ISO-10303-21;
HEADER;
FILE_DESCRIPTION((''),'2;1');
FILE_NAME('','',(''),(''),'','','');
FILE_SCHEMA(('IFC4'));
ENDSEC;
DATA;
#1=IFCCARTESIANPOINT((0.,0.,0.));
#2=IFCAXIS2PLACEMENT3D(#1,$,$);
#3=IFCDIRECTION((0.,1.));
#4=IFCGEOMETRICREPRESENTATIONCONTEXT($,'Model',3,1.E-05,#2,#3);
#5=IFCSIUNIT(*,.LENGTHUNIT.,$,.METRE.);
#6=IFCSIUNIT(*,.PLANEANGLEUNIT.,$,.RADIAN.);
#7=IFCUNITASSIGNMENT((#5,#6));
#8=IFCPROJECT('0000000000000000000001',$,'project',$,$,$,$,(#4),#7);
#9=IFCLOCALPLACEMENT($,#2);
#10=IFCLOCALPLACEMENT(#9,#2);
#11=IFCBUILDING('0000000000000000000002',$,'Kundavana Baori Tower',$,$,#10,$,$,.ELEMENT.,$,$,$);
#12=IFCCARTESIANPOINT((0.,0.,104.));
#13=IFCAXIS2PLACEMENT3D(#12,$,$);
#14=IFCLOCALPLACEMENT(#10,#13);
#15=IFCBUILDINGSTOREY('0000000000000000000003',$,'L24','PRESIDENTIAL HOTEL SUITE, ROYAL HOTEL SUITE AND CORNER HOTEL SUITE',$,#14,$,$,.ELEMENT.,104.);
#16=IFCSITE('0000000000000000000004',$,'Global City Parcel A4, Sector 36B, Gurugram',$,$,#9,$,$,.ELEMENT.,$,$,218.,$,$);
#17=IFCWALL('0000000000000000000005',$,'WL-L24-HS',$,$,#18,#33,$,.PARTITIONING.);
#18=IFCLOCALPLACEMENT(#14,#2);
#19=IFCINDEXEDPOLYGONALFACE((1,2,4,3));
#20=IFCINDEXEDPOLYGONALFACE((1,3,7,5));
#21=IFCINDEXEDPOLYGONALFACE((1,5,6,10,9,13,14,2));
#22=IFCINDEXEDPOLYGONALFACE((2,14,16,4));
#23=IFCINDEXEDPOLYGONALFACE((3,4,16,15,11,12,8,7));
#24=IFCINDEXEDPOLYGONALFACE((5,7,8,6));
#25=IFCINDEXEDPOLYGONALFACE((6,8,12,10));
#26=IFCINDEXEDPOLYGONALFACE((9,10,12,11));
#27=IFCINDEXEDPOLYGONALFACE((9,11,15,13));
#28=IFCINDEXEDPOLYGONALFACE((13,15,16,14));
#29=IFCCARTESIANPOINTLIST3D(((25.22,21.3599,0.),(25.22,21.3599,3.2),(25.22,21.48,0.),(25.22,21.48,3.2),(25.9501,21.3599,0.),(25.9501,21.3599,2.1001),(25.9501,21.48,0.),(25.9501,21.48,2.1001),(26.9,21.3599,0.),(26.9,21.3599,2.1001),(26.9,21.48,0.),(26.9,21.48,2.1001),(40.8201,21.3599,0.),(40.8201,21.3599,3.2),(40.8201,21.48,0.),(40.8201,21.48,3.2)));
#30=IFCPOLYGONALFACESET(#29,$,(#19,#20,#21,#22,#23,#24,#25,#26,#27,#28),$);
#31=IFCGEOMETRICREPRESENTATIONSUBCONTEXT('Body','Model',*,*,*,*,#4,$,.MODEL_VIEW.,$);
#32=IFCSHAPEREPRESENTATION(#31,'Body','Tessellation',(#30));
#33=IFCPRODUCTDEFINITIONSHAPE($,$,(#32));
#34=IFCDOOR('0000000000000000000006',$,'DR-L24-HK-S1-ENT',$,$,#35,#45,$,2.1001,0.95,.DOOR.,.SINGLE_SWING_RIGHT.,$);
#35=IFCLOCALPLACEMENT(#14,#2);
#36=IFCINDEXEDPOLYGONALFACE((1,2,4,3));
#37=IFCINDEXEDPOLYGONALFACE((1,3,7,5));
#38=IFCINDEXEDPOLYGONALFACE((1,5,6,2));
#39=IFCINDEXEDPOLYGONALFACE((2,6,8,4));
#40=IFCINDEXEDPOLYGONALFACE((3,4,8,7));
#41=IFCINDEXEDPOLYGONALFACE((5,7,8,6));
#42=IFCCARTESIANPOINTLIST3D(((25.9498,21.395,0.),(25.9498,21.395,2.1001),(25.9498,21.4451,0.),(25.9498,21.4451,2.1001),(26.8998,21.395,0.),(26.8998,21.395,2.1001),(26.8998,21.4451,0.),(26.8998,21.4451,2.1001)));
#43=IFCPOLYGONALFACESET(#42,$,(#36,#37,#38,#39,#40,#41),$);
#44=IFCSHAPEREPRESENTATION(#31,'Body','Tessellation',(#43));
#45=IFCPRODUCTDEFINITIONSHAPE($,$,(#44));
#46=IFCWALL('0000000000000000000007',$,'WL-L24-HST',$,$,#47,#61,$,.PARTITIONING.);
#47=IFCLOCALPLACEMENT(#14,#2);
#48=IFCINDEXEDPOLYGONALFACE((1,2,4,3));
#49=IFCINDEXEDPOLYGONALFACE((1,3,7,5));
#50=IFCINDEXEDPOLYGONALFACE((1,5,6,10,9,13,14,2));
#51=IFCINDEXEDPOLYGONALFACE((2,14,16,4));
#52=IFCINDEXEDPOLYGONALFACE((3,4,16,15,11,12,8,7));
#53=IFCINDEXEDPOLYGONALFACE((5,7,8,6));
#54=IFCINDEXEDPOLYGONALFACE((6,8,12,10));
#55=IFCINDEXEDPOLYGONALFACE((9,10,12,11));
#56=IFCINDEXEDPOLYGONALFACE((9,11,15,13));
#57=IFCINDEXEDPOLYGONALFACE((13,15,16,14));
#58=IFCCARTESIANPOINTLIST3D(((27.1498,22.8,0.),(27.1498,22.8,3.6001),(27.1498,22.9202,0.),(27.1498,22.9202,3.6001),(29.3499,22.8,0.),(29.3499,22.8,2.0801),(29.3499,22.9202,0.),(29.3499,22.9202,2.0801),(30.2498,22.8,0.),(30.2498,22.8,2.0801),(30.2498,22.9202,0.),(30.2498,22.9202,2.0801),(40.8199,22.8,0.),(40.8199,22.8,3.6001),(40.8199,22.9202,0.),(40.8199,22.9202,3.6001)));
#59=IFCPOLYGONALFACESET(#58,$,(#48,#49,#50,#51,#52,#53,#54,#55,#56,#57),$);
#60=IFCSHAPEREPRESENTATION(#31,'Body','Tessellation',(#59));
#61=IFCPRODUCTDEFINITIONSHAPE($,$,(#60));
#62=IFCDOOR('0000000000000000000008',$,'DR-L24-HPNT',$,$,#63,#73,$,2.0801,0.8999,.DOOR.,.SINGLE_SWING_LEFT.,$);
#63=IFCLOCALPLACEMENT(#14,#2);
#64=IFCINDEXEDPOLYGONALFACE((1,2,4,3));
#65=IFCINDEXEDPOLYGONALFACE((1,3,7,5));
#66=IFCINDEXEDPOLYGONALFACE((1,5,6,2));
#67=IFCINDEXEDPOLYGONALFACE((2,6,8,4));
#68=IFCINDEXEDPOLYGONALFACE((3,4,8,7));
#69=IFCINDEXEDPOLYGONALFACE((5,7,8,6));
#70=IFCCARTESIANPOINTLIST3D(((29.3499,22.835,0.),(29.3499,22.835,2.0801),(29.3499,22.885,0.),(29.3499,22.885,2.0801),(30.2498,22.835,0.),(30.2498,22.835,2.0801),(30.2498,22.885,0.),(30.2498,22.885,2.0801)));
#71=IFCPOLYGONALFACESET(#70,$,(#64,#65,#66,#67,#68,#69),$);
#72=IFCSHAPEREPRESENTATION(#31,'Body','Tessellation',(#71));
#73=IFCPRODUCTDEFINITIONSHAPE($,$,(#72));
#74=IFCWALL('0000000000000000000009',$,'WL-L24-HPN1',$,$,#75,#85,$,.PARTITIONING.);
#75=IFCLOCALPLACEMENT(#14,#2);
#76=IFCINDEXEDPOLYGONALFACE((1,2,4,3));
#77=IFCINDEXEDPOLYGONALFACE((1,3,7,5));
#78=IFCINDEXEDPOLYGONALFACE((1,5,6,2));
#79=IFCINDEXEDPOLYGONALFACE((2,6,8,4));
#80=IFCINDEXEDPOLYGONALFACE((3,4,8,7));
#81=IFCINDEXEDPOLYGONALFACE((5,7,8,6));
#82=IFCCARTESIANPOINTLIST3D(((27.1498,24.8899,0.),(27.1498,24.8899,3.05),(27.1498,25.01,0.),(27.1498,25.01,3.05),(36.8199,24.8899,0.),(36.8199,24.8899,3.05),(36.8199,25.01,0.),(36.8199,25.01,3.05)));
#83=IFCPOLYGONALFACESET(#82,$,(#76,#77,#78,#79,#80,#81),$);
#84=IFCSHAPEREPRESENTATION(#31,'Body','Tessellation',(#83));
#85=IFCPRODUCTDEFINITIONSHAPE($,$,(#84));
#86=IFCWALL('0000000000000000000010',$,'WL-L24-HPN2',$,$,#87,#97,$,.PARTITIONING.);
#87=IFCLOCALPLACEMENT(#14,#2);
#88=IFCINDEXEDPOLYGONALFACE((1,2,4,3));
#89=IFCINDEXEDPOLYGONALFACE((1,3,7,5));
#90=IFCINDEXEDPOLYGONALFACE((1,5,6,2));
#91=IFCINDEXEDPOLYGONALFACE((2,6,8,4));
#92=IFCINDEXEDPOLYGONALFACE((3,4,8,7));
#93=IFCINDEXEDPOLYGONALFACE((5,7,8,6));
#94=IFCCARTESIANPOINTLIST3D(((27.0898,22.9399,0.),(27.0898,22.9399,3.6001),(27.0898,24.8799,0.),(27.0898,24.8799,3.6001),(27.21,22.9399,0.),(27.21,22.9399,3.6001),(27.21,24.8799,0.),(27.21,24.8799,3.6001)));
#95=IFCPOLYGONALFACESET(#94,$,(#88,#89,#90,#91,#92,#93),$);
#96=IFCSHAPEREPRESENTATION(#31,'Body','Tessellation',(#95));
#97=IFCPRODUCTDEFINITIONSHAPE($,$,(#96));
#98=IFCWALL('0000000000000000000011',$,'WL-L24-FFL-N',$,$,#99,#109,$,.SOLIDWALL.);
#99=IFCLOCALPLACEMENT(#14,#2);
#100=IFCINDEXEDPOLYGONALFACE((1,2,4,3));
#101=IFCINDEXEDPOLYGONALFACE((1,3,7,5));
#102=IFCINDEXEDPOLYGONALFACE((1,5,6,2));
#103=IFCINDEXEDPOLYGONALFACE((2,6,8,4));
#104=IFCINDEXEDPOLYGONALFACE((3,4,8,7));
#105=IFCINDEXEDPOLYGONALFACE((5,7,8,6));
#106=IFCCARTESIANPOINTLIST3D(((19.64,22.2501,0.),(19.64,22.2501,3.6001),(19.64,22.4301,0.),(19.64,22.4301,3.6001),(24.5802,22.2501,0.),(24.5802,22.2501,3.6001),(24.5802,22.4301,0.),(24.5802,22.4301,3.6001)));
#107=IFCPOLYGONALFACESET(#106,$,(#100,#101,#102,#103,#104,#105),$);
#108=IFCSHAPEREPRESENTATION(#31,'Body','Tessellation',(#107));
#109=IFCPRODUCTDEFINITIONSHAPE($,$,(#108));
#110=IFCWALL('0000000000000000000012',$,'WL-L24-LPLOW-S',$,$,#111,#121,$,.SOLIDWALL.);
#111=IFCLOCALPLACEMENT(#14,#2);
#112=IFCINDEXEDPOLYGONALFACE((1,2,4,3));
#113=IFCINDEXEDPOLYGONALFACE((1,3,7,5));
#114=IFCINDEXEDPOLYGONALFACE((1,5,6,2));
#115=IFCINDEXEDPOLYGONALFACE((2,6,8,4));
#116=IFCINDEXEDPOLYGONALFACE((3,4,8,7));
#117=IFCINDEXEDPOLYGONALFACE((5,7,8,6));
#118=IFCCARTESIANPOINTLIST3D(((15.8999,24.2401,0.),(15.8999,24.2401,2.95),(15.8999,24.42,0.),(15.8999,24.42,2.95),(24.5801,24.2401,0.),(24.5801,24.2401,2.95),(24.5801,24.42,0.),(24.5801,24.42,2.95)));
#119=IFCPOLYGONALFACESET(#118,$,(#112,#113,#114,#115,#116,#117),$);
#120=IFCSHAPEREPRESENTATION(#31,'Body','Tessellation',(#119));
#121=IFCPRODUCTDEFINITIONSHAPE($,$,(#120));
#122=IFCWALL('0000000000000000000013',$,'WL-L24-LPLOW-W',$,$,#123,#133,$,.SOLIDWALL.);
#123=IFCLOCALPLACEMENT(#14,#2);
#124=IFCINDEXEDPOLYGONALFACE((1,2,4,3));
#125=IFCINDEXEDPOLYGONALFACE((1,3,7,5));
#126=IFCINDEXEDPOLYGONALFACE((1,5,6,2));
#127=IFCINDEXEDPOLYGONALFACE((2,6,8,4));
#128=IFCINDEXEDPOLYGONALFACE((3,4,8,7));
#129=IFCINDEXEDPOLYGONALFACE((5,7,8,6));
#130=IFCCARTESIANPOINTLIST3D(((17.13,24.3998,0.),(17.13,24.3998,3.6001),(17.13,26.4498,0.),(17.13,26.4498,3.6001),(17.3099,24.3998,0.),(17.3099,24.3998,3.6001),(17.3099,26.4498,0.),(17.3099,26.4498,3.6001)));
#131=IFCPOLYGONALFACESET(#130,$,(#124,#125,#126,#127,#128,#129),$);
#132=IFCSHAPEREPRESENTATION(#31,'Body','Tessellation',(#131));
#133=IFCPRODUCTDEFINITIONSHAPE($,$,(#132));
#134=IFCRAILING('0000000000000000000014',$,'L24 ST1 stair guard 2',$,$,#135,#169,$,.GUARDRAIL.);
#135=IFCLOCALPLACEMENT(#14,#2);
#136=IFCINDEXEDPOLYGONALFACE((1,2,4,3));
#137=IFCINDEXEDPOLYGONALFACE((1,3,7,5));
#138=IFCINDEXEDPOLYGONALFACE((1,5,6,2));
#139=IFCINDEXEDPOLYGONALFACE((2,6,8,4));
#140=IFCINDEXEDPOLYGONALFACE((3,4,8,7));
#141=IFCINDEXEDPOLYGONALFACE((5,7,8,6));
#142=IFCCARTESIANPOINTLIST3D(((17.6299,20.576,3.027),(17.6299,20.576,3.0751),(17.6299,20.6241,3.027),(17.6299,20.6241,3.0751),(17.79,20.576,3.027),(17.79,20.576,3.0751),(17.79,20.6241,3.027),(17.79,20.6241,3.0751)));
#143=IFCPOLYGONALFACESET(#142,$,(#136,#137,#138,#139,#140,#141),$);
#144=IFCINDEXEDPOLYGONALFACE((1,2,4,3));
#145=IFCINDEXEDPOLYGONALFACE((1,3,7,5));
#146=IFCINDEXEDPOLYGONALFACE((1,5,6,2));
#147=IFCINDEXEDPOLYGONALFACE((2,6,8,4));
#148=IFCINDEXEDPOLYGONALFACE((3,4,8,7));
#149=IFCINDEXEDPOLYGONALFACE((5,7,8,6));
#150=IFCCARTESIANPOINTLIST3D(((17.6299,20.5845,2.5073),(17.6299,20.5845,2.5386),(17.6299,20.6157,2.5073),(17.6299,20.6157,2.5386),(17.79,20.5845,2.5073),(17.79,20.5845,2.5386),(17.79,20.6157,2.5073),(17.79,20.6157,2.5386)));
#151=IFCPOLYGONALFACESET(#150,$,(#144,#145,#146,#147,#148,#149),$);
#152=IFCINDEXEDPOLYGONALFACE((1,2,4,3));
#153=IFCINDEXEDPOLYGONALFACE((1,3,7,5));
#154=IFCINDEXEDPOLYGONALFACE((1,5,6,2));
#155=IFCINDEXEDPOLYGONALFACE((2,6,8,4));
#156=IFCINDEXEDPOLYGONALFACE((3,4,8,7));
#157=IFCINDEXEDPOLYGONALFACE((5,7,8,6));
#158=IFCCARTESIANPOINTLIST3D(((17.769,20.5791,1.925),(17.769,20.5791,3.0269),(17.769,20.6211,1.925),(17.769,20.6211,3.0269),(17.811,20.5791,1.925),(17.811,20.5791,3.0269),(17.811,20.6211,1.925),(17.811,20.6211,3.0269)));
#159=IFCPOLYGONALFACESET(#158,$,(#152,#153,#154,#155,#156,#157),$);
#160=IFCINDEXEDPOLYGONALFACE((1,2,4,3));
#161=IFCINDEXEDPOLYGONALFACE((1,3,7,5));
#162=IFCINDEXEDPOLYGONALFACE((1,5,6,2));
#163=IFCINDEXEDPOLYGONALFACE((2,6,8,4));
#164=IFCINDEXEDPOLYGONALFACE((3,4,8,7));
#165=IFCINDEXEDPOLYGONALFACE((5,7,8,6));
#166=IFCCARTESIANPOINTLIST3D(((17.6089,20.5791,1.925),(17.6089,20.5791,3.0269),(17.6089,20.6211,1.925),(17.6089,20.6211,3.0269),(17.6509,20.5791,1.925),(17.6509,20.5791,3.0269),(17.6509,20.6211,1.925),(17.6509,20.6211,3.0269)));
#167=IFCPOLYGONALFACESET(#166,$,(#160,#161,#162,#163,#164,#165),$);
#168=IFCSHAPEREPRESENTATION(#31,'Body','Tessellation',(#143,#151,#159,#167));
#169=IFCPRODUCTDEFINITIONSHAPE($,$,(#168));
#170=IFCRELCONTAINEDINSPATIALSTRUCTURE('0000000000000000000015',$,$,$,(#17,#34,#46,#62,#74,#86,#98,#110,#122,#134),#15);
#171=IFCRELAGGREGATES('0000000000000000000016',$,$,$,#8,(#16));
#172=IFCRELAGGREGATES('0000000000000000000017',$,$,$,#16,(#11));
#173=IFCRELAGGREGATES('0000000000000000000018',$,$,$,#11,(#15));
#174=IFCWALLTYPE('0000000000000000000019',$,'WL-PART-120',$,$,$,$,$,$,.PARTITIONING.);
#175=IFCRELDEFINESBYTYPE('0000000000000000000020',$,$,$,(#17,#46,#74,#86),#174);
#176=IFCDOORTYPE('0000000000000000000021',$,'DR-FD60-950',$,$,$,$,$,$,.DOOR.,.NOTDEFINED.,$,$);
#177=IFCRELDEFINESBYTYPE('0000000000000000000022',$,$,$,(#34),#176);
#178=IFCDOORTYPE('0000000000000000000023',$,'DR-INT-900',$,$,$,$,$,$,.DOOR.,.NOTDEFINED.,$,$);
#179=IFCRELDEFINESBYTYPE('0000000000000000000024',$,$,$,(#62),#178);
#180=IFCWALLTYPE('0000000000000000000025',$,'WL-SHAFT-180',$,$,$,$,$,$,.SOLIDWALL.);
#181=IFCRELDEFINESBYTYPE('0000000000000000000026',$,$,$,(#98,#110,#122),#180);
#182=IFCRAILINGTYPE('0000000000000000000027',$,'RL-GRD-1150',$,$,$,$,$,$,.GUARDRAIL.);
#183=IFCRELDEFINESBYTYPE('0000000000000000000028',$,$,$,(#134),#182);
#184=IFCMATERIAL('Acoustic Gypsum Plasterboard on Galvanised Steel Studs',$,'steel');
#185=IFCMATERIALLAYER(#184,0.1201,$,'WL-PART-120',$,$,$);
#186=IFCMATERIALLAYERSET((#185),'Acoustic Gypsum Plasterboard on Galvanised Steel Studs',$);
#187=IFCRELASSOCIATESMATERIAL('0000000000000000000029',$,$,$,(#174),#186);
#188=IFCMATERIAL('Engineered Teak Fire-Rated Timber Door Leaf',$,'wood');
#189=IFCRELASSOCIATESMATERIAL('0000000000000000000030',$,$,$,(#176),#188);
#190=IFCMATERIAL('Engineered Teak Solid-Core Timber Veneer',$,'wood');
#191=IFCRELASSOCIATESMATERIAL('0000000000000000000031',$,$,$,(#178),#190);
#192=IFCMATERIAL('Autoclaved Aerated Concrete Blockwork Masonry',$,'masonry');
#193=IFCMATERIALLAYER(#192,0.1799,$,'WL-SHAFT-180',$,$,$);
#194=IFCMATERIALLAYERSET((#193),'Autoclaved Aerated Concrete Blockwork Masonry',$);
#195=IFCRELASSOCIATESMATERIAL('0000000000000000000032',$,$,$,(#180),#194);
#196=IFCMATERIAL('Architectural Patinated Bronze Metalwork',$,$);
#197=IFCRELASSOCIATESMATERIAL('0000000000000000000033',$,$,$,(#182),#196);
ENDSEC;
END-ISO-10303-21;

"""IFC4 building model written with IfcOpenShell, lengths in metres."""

from ifc_helpers import new_model, si_unit, direction, frame, frame_2d, origin, origin_2d, place, context, subcontext, project, spatial, rectangle, extrude, material, layer, layer_set, type_object, element, fill, save


model = new_model("IFC4")

# Units and contexts
model_context = context("Model", 3, precision=1e-05, world=origin(), true_north=direction((0.0, 1.0)))
body_context = subcontext(model_context, "Body", "Model", "MODEL_VIEW")
ifc_project = project(units=[si_unit("LENGTHUNIT", "METRE"), si_unit("PLANEANGLEUNIT", "RADIAN")], contexts=[model_context])

# Site, building, storey
site_placement = place(None, origin())
site = spatial("IfcSite", under=ifc_project, at=site_placement, Name="Global City Parcel A4, Sector 36B, Gurugram", CompositionType="ELEMENT", RefElevation=218.0)
building_placement = place(site_placement, origin())
building = spatial("IfcBuilding", under=site, at=building_placement, Name="Kundavana Baori Tower", CompositionType="ELEMENT")
storey_placement = place(building_placement, frame((0.0, 0.0, 104.0)))
storey = spatial("IfcBuildingStorey", under=building, at=storey_placement, Name="L24", Description="PRESIDENTIAL HOTEL SUITE, ROYAL HOTEL SUITE AND CORNER HOTEL SUITE", CompositionType="ELEMENT", Elevation=104.0)

# Shared definitions
ifc_material_1 = material(Name="Acoustic Gypsum Plasterboard on Galvanised Steel Studs", Category="steel")
ifc_layer_1 = layer(ifc_material_1, 0.1201, Name="WL-PART-120")
ifc_layer_set_1 = layer_set([ifc_layer_1], Name="Acoustic Gypsum Plasterboard on Galvanised Steel Studs")
wall_type_1 = type_object("IfcWallType", Name="WL-PART-120", PredefinedType="PARTITIONING", material=ifc_layer_set_1)

# Walls, openings, doors
wall_1_placement = place(storey_placement, frame((25.22, 21.4199, 0.0), z_axis=(0.0, 0.0, 1.0), x_axis=(1.0, 0.0, 0.0)))
wall_1 = element("IfcWall", 1, at=wall_1_placement, inside=storey, type_object=wall_type_1, Name="WL-L24-HS", PredefinedType="PARTITIONING", context=body_context, shape_type="SweptSolid", body=[
    extrude(rectangle(XDim=15.6001, YDim=0.1201, at=frame_2d((7.8, 0.0))), origin(), (0.0, 0.0, 1.0), 3.2),
])
opening_1_placement = place(wall_1_placement, frame((0.73, 0.0, 0.0)))
opening_1 = element("IfcOpeningElement", 2, at=opening_1_placement, cuts=wall_1, PredefinedType="OPENING", context=body_context, shape_type="SweptSolid", body=[
    extrude(rectangle(XDim=0.95, YDim=2.1001, at=frame_2d((0.4751, 1.05))), frame((0.0, 0.0701, 0.0), z_axis=(0.0, -1.0, 0.0), x_axis=(1.0, 0.0, 0.0)), (0.0, 0.0, 1.0), 0.1401),
])
ifc_material_2 = material(Name="Engineered Teak Fire-Rated Timber Door Leaf", Category="wood")
door_type_1 = type_object("IfcDoorType", Name="DR-FD60-950", OperationType="NOTDEFINED", PredefinedType="DOOR", material=ifc_material_2)
door_1_placement = place(opening_1_placement, frame((0.95, 0.0, 0.0), z_axis=(0.0, 0.0, 1.0), x_axis=(-1.0, 0.0, 0.0)))
door_1 = element("IfcDoor", 3, at=door_1_placement, inside=storey, type_object=door_type_1, Name="DR-L24-HK-S1-ENT", OperationType="SINGLE_SWING_RIGHT", OverallHeight=2.1001, OverallWidth=0.95, PredefinedType="DOOR", context=body_context, shape_type="SweptSolid", body=[
    extrude(rectangle(XDim=0.95, YDim=2.1001, at=frame_2d((0.4751, 1.05))), frame((0.0, 0.0249, 0.0), z_axis=(0.0, -1.0, 0.0), x_axis=(1.0, 0.0, 0.0)), (0.0, 0.0, 1.0), 0.05),
])
fill(opening_1, door_1)
wall_2_placement = place(storey_placement, frame((27.1499, 22.8601, 0.0), z_axis=(0.0, 0.0, 1.0), x_axis=(1.0, 0.0, 0.0)))
wall_2 = element("IfcWall", 4, at=wall_2_placement, inside=storey, type_object=wall_type_1, Name="WL-L24-HST", PredefinedType="PARTITIONING", context=body_context, shape_type="SweptSolid", body=[
    extrude(rectangle(XDim=13.6702, YDim=0.1201, at=frame_2d((6.835, 0.0))), origin(), (0.0, 0.0, 1.0), 3.6001),
])
opening_2_placement = place(wall_2_placement, frame((2.2, 0.0, 0.0)))
opening_2 = element("IfcOpeningElement", 5, at=opening_2_placement, cuts=wall_2, PredefinedType="OPENING", context=body_context, shape_type="SweptSolid", body=[
    extrude(rectangle(XDim=0.8999, YDim=2.0801, at=frame_2d((0.45, 1.04))), frame((0.0, 0.0701, 0.0), z_axis=(0.0, -1.0, 0.0), x_axis=(1.0, 0.0, 0.0)), (0.0, 0.0, 1.0), 0.1401),
])
ifc_material_3 = material(Name="Engineered Teak Solid-Core Timber Veneer", Category="wood")
door_type_2 = type_object("IfcDoorType", Name="DR-INT-900", OperationType="NOTDEFINED", PredefinedType="DOOR", material=ifc_material_3)
door_2_placement = place(opening_2_placement, origin())
door_2 = element("IfcDoor", 6, at=door_2_placement, inside=storey, type_object=door_type_2, Name="DR-L24-HPNT", OperationType="SINGLE_SWING_LEFT", OverallHeight=2.0801, OverallWidth=0.8999, PredefinedType="DOOR", context=body_context, shape_type="SweptSolid", body=[
    extrude(rectangle(XDim=0.8999, YDim=2.0801, at=frame_2d((0.45, 1.04))), frame((0.0, 0.0249, 0.0), z_axis=(0.0, -1.0, 0.0), x_axis=(1.0, 0.0, 0.0)), (0.0, 0.0, 1.0), 0.05),
])
fill(opening_2, door_2)

# Walls
wall_3_placement = place(storey_placement, frame((27.1499, 24.95, 0.0), z_axis=(0.0, 0.0, 1.0), x_axis=(1.0, 0.0, 0.0)))
element("IfcWall", 7, at=wall_3_placement, inside=storey, type_object=wall_type_1, Name="WL-L24-HPN1", PredefinedType="PARTITIONING", context=body_context, shape_type="SweptSolid", body=[
    extrude(rectangle(XDim=9.6702, YDim=0.1201, at=frame_2d((4.835, 0.0))), origin(), (0.0, 0.0, 1.0), 3.05),
])
wall_4_placement = place(storey_placement, frame((27.1499, 22.9399, 0.0), z_axis=(0.0, 0.0, 1.0), x_axis=(0.0, 1.0, 0.0)))
element("IfcWall", 8, at=wall_4_placement, inside=storey, type_object=wall_type_1, Name="WL-L24-HPN2", PredefinedType="PARTITIONING", context=body_context, shape_type="SweptSolid", body=[
    extrude(rectangle(XDim=1.9399, YDim=0.1201, at=frame_2d((0.97, 0.0))), origin(), (0.0, 0.0, 1.0), 3.6001),
])
ifc_material_4 = material(Name="Autoclaved Aerated Concrete Blockwork Masonry", Category="masonry")
ifc_layer_2 = layer(ifc_material_4, 0.1799, Name="WL-SHAFT-180")
ifc_layer_set_2 = layer_set([ifc_layer_2], Name="Autoclaved Aerated Concrete Blockwork Masonry")
wall_type_2 = type_object("IfcWallType", Name="WL-SHAFT-180", PredefinedType="SOLIDWALL", material=ifc_layer_set_2)
wall_5_placement = place(storey_placement, frame((19.6399, 22.3401, 0.0), z_axis=(0.0, 0.0, 1.0), x_axis=(1.0, 0.0, 0.0)))
element("IfcWall", 9, at=wall_5_placement, inside=storey, type_object=wall_type_2, Name="WL-L24-FFL-N", PredefinedType="SOLIDWALL", context=body_context, shape_type="SweptSolid", body=[
    extrude(rectangle(XDim=4.9402, YDim=0.1799, at=frame_2d((2.4702, 0.0))), origin(), (0.0, 0.0, 1.0), 3.6001),
])
wall_6_placement = place(storey_placement, frame((15.8999, 24.3301, 0.0), z_axis=(0.0, 0.0, 1.0), x_axis=(1.0, 0.0, 0.0)))
element("IfcWall", 10, at=wall_6_placement, inside=storey, type_object=wall_type_2, Name="WL-L24-LPLOW-S", PredefinedType="SOLIDWALL", context=body_context, shape_type="SweptSolid", body=[
    extrude(rectangle(XDim=8.6802, YDim=0.1799, at=frame_2d((4.3401, 0.0))), origin(), (0.0, 0.0, 1.0), 2.95),
])
wall_7_placement = place(storey_placement, frame((17.22, 24.3999, 0.0), z_axis=(0.0, 0.0, 1.0), x_axis=(0.0, 1.0, 0.0)))
element("IfcWall", 11, at=wall_7_placement, inside=storey, type_object=wall_type_2, Name="WL-L24-LPLOW-W", PredefinedType="SOLIDWALL", context=body_context, shape_type="SweptSolid", body=[
    extrude(rectangle(XDim=2.05, YDim=0.1799, at=frame_2d((1.0249, 0.0))), origin(), (0.0, 0.0, 1.0), 3.6001),
])

# Railing
ifc_material_5 = material(Name="Architectural Patinated Bronze Metalwork")
railing_type = type_object("IfcRailingType", Name="RL-GRD-1150", PredefinedType="GUARDRAIL", material=ifc_material_5)
railing_1_placement = place(storey_placement, frame((17.79, 20.6001, 1.925)))
element("IfcRailing", 12, at=railing_1_placement, inside=storey, type_object=railing_type, Name="L24 ST1 stair guard 2", PredefinedType="GUARDRAIL", context=body_context, shape_type="SweptSolid", body=[
    extrude(rectangle(XDim=0.0481, YDim=0.0481, at=origin_2d()), frame((0.0, 0.0, 1.126), z_axis=(-1.0, 0.0, 0.0), x_axis=(0.0, -1.0, 0.0)), (0.0, 0.0, 1.0), 0.1602),
    extrude(rectangle(XDim=0.0312, YDim=0.0312, at=origin_2d()), frame((0.0, 0.0, 0.5979), z_axis=(-1.0, 0.0, 0.0), x_axis=(0.0, -1.0, 0.0)), (0.0, 0.0, 1.0), 0.1602),
    extrude(rectangle(XDim=0.042, YDim=0.042, at=origin_2d()), origin(), (0.0, 0.0, 1.0), 1.1018),
    extrude(rectangle(XDim=0.042, YDim=0.042, at=origin_2d()), frame((-0.1602, 0.0, 0.0)), (0.0, 0.0, 1.0), 1.1018),
])

save(model, "model.ifc")
